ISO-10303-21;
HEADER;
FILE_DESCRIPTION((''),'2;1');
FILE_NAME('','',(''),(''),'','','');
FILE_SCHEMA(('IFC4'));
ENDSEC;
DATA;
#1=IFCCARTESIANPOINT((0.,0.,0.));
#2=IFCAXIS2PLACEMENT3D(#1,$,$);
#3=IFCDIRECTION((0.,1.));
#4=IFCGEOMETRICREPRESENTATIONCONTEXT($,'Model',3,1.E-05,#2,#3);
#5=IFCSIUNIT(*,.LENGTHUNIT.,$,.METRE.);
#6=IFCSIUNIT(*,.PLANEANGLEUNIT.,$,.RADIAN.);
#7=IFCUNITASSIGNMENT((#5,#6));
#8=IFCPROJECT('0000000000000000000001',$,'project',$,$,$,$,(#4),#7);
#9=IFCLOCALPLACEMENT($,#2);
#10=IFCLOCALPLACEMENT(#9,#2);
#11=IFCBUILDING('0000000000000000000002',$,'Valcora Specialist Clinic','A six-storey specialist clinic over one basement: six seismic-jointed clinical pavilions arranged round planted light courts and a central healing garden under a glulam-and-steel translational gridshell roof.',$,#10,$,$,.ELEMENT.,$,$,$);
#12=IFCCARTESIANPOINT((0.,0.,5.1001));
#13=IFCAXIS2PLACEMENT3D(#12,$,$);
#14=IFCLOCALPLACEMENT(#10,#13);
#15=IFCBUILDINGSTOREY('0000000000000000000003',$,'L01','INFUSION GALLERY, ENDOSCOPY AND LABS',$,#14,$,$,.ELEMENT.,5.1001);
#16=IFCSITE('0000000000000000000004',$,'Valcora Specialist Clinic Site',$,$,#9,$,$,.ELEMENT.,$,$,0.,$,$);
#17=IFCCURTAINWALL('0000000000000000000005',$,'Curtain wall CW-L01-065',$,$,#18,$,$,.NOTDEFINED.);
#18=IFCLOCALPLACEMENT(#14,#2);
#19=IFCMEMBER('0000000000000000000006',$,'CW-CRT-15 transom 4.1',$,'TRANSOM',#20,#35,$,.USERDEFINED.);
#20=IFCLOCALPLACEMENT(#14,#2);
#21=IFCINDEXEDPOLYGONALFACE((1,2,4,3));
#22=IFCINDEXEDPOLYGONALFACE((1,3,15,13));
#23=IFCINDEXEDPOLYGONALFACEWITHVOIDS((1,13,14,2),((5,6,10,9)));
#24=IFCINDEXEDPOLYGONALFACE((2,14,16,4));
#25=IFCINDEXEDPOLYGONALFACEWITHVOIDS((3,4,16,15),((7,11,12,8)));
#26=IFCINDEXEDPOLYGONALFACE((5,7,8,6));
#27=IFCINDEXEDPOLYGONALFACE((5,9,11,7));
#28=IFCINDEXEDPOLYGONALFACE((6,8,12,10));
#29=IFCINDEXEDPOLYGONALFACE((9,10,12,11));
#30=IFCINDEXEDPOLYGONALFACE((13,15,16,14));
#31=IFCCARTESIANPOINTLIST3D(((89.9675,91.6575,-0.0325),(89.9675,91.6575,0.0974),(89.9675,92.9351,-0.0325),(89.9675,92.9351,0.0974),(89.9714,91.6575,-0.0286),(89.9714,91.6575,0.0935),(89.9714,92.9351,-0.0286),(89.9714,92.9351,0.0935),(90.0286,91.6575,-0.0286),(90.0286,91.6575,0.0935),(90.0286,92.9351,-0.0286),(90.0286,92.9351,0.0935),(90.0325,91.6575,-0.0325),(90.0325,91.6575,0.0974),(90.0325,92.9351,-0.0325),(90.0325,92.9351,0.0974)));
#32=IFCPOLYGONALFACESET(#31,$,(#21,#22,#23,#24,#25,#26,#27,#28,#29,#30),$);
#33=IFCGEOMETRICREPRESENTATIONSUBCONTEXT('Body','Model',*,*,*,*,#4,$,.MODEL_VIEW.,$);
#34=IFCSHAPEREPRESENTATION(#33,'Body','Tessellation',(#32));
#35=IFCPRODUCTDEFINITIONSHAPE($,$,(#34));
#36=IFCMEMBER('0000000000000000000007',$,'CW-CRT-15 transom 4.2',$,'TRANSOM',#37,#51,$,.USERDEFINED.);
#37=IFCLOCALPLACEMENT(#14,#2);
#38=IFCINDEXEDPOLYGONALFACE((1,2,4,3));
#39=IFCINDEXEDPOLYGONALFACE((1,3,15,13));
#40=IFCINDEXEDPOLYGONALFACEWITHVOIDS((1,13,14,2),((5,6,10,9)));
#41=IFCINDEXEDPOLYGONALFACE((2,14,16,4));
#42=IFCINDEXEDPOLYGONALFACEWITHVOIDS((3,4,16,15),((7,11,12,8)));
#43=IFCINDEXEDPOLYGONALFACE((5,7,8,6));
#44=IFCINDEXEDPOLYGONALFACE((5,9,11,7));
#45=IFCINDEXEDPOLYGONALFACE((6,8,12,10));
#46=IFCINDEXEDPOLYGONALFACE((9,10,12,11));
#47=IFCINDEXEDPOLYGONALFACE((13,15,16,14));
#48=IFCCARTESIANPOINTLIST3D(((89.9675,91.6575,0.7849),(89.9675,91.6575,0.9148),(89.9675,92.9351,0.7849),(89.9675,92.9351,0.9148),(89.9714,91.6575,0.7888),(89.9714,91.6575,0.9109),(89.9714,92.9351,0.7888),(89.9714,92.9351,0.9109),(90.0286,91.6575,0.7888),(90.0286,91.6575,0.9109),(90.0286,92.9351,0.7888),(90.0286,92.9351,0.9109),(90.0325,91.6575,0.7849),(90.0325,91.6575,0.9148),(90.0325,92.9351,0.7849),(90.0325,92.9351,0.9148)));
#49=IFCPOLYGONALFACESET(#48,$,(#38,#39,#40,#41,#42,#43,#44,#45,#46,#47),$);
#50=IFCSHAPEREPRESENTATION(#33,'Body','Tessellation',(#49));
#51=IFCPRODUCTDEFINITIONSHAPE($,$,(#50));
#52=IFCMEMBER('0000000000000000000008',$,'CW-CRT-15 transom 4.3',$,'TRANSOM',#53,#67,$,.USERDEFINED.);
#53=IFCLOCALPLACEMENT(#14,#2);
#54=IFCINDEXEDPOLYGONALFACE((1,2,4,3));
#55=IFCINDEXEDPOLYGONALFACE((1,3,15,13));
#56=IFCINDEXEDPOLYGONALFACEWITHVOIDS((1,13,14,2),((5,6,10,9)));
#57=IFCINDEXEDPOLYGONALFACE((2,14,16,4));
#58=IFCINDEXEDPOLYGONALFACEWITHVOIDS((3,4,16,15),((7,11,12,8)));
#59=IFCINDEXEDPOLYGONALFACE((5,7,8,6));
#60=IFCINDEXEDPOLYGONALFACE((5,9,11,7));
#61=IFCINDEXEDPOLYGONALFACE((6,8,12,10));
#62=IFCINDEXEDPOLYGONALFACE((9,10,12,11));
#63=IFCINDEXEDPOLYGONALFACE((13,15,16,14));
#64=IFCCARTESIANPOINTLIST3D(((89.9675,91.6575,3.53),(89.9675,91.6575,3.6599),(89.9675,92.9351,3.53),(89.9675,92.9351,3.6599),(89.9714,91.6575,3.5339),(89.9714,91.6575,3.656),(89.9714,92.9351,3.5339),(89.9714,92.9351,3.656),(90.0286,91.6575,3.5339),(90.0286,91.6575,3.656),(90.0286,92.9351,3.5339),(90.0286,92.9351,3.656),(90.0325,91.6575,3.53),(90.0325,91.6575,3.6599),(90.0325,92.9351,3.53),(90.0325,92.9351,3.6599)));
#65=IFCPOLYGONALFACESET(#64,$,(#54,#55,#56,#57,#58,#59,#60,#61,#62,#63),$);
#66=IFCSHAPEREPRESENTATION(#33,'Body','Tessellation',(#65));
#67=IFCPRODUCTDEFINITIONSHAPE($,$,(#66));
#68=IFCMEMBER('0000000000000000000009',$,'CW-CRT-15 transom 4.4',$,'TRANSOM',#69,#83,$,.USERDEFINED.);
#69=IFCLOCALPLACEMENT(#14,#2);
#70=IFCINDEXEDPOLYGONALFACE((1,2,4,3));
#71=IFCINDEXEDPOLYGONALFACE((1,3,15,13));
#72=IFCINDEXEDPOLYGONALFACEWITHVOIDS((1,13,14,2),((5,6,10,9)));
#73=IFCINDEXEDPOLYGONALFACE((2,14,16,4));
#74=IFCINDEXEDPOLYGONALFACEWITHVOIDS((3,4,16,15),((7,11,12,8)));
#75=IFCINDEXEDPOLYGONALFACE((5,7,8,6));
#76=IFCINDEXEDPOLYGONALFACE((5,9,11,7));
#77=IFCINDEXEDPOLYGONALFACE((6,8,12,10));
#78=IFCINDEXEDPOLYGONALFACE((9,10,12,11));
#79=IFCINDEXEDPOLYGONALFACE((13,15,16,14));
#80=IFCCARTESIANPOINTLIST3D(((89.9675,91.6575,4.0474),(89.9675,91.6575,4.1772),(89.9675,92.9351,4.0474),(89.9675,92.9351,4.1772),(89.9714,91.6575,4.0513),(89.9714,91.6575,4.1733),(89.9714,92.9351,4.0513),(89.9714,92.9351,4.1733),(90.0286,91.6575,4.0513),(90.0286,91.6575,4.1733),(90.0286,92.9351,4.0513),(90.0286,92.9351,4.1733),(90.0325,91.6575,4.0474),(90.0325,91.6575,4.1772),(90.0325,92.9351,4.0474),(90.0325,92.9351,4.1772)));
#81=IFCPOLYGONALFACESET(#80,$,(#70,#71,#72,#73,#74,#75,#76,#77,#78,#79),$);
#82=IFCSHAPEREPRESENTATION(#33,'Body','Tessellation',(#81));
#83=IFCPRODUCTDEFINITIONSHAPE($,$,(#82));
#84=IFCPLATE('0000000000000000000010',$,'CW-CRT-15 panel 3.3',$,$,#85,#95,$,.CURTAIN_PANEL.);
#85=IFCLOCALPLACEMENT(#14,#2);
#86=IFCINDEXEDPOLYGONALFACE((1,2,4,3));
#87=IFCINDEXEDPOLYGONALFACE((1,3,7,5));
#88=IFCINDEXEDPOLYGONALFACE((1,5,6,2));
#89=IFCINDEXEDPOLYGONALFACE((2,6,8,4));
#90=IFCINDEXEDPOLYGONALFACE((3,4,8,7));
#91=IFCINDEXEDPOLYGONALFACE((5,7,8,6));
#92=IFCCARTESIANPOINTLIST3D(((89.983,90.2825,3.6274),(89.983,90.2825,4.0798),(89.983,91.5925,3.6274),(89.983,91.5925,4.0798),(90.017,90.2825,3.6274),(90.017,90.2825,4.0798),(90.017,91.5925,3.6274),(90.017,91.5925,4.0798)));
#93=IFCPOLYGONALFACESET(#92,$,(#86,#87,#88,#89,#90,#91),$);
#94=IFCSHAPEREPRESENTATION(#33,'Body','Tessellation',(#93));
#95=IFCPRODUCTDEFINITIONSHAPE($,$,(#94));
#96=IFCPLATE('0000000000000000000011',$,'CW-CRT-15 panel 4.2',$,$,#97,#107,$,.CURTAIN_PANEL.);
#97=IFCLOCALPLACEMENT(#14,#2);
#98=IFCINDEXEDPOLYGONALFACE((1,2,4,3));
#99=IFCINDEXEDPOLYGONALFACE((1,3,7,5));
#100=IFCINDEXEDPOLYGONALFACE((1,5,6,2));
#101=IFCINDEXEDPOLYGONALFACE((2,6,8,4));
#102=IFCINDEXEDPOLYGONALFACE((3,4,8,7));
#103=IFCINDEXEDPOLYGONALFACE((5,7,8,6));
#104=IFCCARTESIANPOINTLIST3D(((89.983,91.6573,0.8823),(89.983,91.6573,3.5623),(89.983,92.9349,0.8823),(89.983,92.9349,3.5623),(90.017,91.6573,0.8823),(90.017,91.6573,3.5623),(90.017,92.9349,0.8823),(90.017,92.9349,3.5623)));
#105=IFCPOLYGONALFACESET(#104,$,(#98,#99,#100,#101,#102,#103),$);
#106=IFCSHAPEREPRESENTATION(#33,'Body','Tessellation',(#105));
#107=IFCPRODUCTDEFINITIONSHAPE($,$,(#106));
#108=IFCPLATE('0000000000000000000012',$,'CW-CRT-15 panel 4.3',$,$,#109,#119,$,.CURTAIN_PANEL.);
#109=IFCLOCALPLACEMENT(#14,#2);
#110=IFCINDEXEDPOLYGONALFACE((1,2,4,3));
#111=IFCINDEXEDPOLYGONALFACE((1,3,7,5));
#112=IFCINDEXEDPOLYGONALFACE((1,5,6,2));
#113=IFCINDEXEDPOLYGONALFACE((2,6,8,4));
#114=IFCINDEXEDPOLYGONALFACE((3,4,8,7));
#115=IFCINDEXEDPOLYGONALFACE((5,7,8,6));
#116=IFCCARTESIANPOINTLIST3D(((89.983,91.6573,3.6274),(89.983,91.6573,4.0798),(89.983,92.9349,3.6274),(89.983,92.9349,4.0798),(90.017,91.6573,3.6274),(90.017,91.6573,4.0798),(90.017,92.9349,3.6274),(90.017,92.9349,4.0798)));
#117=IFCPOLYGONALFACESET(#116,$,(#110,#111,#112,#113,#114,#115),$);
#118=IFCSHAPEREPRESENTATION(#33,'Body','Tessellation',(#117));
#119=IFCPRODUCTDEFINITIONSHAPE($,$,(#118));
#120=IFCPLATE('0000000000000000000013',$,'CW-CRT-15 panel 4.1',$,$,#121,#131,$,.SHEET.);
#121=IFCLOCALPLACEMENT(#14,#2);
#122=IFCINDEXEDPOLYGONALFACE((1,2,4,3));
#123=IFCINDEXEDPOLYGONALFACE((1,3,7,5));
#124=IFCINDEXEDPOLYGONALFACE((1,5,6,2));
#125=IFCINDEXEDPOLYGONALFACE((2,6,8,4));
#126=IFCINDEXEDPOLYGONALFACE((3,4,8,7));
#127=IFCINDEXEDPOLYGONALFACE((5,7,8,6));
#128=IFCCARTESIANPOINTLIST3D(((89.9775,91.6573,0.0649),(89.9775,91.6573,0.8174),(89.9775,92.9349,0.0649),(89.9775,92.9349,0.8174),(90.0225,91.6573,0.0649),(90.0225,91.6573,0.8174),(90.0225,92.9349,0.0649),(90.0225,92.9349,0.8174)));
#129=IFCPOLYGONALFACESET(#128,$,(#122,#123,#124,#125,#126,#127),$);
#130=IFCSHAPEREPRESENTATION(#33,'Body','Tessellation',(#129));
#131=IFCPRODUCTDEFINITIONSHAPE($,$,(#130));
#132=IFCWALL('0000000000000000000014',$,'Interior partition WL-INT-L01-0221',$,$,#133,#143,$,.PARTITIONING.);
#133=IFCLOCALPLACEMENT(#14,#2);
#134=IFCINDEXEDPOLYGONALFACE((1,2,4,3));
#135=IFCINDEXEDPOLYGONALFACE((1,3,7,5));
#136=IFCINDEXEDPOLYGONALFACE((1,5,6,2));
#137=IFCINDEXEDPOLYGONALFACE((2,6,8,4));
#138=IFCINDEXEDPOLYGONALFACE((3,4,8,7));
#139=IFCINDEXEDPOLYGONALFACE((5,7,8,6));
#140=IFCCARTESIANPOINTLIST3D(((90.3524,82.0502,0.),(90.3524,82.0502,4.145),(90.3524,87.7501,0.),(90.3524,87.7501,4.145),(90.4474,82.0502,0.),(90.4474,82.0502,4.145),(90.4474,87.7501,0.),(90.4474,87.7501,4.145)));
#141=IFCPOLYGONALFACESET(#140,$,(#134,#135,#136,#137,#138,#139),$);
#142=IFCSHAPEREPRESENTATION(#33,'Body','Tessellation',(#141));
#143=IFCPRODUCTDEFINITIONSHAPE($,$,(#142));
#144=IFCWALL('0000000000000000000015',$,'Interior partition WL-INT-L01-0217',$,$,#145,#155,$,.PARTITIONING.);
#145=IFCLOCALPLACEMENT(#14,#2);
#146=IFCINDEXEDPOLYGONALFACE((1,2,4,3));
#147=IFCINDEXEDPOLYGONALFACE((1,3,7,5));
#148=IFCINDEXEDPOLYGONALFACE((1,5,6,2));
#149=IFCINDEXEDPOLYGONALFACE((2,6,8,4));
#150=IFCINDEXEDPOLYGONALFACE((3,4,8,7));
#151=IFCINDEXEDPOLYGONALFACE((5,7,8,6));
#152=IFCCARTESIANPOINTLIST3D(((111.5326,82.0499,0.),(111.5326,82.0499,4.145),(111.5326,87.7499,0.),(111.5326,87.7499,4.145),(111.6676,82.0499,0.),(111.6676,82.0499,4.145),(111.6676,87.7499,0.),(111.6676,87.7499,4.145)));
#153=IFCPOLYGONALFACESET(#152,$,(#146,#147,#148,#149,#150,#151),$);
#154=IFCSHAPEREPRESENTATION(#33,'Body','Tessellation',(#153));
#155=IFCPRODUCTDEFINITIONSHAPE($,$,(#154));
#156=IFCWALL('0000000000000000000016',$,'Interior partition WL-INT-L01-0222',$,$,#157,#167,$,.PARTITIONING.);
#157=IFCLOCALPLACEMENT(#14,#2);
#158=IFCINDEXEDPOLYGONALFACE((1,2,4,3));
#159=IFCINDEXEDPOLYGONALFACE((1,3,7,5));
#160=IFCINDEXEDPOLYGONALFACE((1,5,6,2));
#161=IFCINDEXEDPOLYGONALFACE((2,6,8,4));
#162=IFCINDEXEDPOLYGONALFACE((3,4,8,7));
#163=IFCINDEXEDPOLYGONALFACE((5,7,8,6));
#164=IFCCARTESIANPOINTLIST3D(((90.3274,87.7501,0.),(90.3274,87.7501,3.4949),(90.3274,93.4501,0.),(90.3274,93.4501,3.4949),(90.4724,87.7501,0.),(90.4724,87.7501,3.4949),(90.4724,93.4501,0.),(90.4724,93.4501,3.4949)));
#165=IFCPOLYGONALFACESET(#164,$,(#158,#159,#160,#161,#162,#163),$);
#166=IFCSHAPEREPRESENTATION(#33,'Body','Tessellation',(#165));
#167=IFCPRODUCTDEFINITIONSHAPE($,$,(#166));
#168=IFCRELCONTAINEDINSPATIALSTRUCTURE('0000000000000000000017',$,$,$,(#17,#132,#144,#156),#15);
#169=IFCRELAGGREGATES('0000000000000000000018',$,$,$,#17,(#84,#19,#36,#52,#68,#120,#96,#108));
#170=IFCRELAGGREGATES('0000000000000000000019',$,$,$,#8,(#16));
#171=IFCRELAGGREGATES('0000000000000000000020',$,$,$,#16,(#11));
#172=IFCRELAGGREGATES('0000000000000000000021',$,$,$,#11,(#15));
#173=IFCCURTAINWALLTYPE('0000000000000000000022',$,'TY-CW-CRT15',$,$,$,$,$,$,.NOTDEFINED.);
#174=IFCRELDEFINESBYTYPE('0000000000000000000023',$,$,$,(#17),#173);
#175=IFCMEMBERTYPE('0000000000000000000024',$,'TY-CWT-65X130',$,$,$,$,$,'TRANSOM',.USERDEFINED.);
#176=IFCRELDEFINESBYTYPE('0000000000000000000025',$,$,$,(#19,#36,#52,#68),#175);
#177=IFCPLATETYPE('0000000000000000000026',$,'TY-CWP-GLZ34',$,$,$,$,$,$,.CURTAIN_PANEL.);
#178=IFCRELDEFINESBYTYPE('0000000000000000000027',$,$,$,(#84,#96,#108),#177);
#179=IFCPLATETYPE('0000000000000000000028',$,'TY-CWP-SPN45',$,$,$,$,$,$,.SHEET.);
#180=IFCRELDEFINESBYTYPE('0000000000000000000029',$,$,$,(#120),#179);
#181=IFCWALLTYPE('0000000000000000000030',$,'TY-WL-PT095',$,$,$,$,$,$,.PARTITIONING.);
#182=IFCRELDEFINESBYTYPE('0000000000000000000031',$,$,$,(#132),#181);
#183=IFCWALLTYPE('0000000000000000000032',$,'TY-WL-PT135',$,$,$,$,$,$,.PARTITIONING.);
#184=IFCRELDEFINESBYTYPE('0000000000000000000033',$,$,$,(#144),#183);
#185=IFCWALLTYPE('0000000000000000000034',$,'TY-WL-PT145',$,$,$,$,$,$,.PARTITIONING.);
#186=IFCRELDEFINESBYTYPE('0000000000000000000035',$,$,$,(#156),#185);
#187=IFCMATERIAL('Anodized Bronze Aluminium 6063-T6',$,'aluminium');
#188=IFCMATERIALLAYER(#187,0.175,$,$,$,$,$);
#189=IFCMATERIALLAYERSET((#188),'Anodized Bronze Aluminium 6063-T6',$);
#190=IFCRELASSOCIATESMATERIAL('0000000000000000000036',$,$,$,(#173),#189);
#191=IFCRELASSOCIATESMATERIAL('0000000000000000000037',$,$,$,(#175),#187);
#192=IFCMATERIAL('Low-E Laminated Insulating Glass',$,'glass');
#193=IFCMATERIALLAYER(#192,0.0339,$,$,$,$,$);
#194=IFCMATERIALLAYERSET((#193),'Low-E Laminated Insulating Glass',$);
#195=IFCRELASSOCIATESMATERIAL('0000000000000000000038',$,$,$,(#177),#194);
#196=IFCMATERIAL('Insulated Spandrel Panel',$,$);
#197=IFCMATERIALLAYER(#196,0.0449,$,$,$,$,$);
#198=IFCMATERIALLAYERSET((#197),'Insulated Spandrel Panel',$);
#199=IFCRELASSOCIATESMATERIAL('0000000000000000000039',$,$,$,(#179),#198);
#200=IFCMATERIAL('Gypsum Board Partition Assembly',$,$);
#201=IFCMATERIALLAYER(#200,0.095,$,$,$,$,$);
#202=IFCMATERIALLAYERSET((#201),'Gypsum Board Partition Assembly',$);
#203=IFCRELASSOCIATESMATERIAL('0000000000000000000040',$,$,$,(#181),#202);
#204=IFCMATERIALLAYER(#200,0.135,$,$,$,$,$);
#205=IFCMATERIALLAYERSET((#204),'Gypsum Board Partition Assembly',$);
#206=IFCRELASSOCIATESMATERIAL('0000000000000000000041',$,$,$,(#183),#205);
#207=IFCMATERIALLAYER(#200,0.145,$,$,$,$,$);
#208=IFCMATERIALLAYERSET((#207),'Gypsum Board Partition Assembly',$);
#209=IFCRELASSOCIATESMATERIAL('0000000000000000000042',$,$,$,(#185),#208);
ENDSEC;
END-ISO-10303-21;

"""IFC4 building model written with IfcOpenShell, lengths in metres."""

from ifc_helpers import new_model, si_unit, direction, frame, frame_2d, origin, origin_2d, place, context, subcontext, project, spatial, rectangle, hollow_rectangle, extrude, material, layer, layer_set, material_profile, profile_set, type_object, element, aggregate, save


model = new_model("IFC4")

# Units and contexts
model_context = context("Model", 3, precision=1e-05, world=origin(), true_north=direction((0.0, 1.0)))
body_context = subcontext(model_context, "Body", "Model", "MODEL_VIEW")
ifc_project = project(units=[si_unit("LENGTHUNIT", "METRE"), si_unit("PLANEANGLEUNIT", "RADIAN")], contexts=[model_context])

# Site, building, storey
site_placement = place(None, origin())
site = spatial("IfcSite", under=ifc_project, at=site_placement, Name="Valcora Specialist Clinic Site", CompositionType="ELEMENT", RefElevation=0.0)
building_placement = place(site_placement, origin())
building = spatial("IfcBuilding", under=site, at=building_placement, Name="Valcora Specialist Clinic", Description="A six-storey specialist clinic over one basement: six seismic-jointed clinical pavilions arranged round planted light courts and a central healing garden under a glulam-and-steel translational gridshell roof.", CompositionType="ELEMENT")
storey_placement = place(building_placement, frame((0.0, 0.0, 5.1001)))
storey = spatial("IfcBuildingStorey", under=building, at=storey_placement, Name="L01", Description="INFUSION GALLERY, ENDOSCOPY AND LABS", CompositionType="ELEMENT", Elevation=5.1001)

# Curtain wall, members, plates
ifc_material_1 = material(Name="Anodized Bronze Aluminium 6063-T6", Category="aluminium")
ifc_layer_1 = layer(ifc_material_1, 0.175)
ifc_layer_set_1 = layer_set([ifc_layer_1], Name="Anodized Bronze Aluminium 6063-T6")
curtain_wall_type = type_object("IfcCurtainWallType", Name="TY-CW-CRT15", PredefinedType="NOTDEFINED", material=ifc_layer_set_1)
curtain_wall_placement = place(storey_placement, origin())
curtain_wall = element("IfcCurtainWall", 1, at=curtain_wall_placement, inside=storey, type_object=curtain_wall_type, Name="Curtain wall CW-L01-065", PredefinedType="NOTDEFINED")
ifc_material_profile_1 = material_profile(ifc_material_1, hollow_rectangle(XDim=0.0649, YDim=0.1299, WallThickness=0.0039, at=origin_2d()), Name="AL-TRN-65X130")
ifc_profile_set_1 = profile_set([ifc_material_profile_1], Name="Anodized Bronze Aluminium 6063-T6")
member_type_1 = type_object("IfcMemberType", Name="TY-CWT-65X130", ElementType="TRANSOM", PredefinedType="USERDEFINED", material=ifc_profile_set_1)
member_1_placement = place(storey_placement, frame((90.0, 91.6575, 0.0325), z_axis=(0.0, 1.0, 0.0), x_axis=(-1.0, 0.0, 0.0)))
member_1 = element("IfcMember", 2, at=member_1_placement, type_object=member_type_1, Name="CW-CRT-15 transom 4.1", ObjectType="TRANSOM", PredefinedType="USERDEFINED", context=body_context, shape_type="SweptSolid", body=[
    extrude(hollow_rectangle(XDim=0.0649, YDim=0.1299, WallThickness=0.0039, at=origin_2d()), origin(), (0.0, 0.0, 1.0), 1.2776),
])
member_2_placement = place(storey_placement, frame((90.0, 91.6575, 0.8499), z_axis=(0.0, 1.0, 0.0), x_axis=(-1.0, 0.0, 0.0)))
member_2 = element("IfcMember", 3, at=member_2_placement, type_object=member_type_1, Name="CW-CRT-15 transom 4.2", ObjectType="TRANSOM", PredefinedType="USERDEFINED", context=body_context, shape_type="SweptSolid", body=[
    extrude(hollow_rectangle(XDim=0.0649, YDim=0.1299, WallThickness=0.0039, at=origin_2d()), origin(), (0.0, 0.0, 1.0), 1.2776),
])
member_3_placement = place(storey_placement, frame((90.0, 91.6575, 3.595), z_axis=(0.0, 1.0, 0.0), x_axis=(-1.0, 0.0, 0.0)))
member_3 = element("IfcMember", 4, at=member_3_placement, type_object=member_type_1, Name="CW-CRT-15 transom 4.3", ObjectType="TRANSOM", PredefinedType="USERDEFINED", context=body_context, shape_type="SweptSolid", body=[
    extrude(hollow_rectangle(XDim=0.0649, YDim=0.1299, WallThickness=0.0039, at=origin_2d()), origin(), (0.0, 0.0, 1.0), 1.2776),
])
member_4_placement = place(storey_placement, frame((90.0, 91.6575, 4.1123), z_axis=(0.0, 1.0, 0.0), x_axis=(-1.0, 0.0, 0.0)))
member_4 = element("IfcMember", 5, at=member_4_placement, type_object=member_type_1, Name="CW-CRT-15 transom 4.4", ObjectType="TRANSOM", PredefinedType="USERDEFINED", context=body_context, shape_type="SweptSolid", body=[
    extrude(hollow_rectangle(XDim=0.0649, YDim=0.1299, WallThickness=0.0039, at=origin_2d()), origin(), (0.0, 0.0, 1.0), 1.2776),
])
ifc_material_2 = material(Name="Low-E Laminated Insulating Glass", Category="glass")
ifc_layer_2 = layer(ifc_material_2, 0.0339)
ifc_layer_set_2 = layer_set([ifc_layer_2], Name="Low-E Laminated Insulating Glass")
plate_type_1 = type_object("IfcPlateType", Name="TY-CWP-GLZ34", PredefinedType="CURTAIN_PANEL", material=ifc_layer_set_2)
plate_1_placement = place(storey_placement, frame((90.0, 90.9375, 3.6274), z_axis=(0.0, 0.0, 1.0), x_axis=(0.0, 1.0, 0.0)))
plate_1 = element("IfcPlate", 6, at=plate_1_placement, type_object=plate_type_1, Name="CW-CRT-15 panel 3.3", PredefinedType="CURTAIN_PANEL", context=body_context, shape_type="SweptSolid", body=[
    extrude(rectangle(XDim=1.3101, YDim=0.0339, at=origin_2d()), origin(), (0.0, 0.0, 1.0), 0.4524),
])
plate_2_placement = place(storey_placement, frame((90.0, 92.2961, 0.8823), z_axis=(0.0, 0.0, 1.0), x_axis=(0.0, 1.0, 0.0)))
plate_2 = element("IfcPlate", 7, at=plate_2_placement, type_object=plate_type_1, Name="CW-CRT-15 panel 4.2", PredefinedType="CURTAIN_PANEL", context=body_context, shape_type="SweptSolid", body=[
    extrude(rectangle(XDim=1.2776, YDim=0.0339, at=origin_2d()), origin(), (0.0, 0.0, 1.0), 2.6799),
])
plate_3_placement = place(storey_placement, frame((90.0, 92.2961, 3.6274), z_axis=(0.0, 0.0, 1.0), x_axis=(0.0, 1.0, 0.0)))
plate_3 = element("IfcPlate", 8, at=plate_3_placement, type_object=plate_type_1, Name="CW-CRT-15 panel 4.3", PredefinedType="CURTAIN_PANEL", context=body_context, shape_type="SweptSolid", body=[
    extrude(rectangle(XDim=1.2776, YDim=0.0339, at=origin_2d()), origin(), (0.0, 0.0, 1.0), 0.4524),
])
ifc_material_3 = material(Name="Insulated Spandrel Panel")
ifc_layer_3 = layer(ifc_material_3, 0.0449)
ifc_layer_set_3 = layer_set([ifc_layer_3], Name="Insulated Spandrel Panel")
plate_type_2 = type_object("IfcPlateType", Name="TY-CWP-SPN45", PredefinedType="SHEET", material=ifc_layer_set_3)
plate_4_placement = place(storey_placement, frame((90.0, 92.2961, 0.0649), z_axis=(0.0, 0.0, 1.0), x_axis=(0.0, 1.0, 0.0)))
plate_4 = element("IfcPlate", 9, at=plate_4_placement, type_object=plate_type_2, Name="CW-CRT-15 panel 4.1", PredefinedType="SHEET", context=body_context, shape_type="SweptSolid", body=[
    extrude(rectangle(XDim=1.2776, YDim=0.0449, at=origin_2d()), origin(), (0.0, 0.0, 1.0), 0.7524),
])
aggregate(curtain_wall, [plate_1, member_1, member_2, member_3, member_4, plate_4, plate_2, plate_3])

# Walls
ifc_material_4 = material(Name="Gypsum Board Partition Assembly")
ifc_layer_4 = layer(ifc_material_4, 0.095)
ifc_layer_set_4 = layer_set([ifc_layer_4], Name="Gypsum Board Partition Assembly")
wall_type_1 = type_object("IfcWallType", Name="TY-WL-PT095", PredefinedType="PARTITIONING", material=ifc_layer_set_4)
wall_1_placement = place(storey_placement, frame((90.3999, 82.05, 0.0), z_axis=(0.0, 0.0, 1.0), x_axis=(0.0, 1.0, 0.0)))
element("IfcWall", 10, at=wall_1_placement, inside=storey, type_object=wall_type_1, Name="Interior partition WL-INT-L01-0221", PredefinedType="PARTITIONING", context=body_context, shape_type="SweptSolid", body=[
    extrude(rectangle(XDim=5.7, YDim=0.095, at=frame_2d((2.8501, 0.0))), origin(), (0.0, 0.0, 1.0), 4.145),
])
ifc_layer_5 = layer(ifc_material_4, 0.135)
ifc_layer_set_5 = layer_set([ifc_layer_5], Name="Gypsum Board Partition Assembly")
wall_type_2 = type_object("IfcWallType", Name="TY-WL-PT135", PredefinedType="PARTITIONING", material=ifc_layer_set_5)
wall_2_placement = place(storey_placement, frame((111.6001, 87.75, 0.0), z_axis=(0.0, 0.0, 1.0), x_axis=(0.0, -1.0, 0.0)))
element("IfcWall", 11, at=wall_2_placement, inside=storey, type_object=wall_type_2, Name="Interior partition WL-INT-L01-0217", PredefinedType="PARTITIONING", context=body_context, shape_type="SweptSolid", body=[
    extrude(rectangle(XDim=5.7, YDim=0.135, at=frame_2d((2.8501, 0.0))), origin(), (0.0, 0.0, 1.0), 4.145),
])
ifc_layer_6 = layer(ifc_material_4, 0.145)
ifc_layer_set_6 = layer_set([ifc_layer_6], Name="Gypsum Board Partition Assembly")
wall_type_3 = type_object("IfcWallType", Name="TY-WL-PT145", PredefinedType="PARTITIONING", material=ifc_layer_set_6)
wall_3_placement = place(storey_placement, frame((90.3999, 87.75, 0.0), z_axis=(0.0, 0.0, 1.0), x_axis=(0.0, 1.0, 0.0)))
element("IfcWall", 12, at=wall_3_placement, inside=storey, type_object=wall_type_3, Name="Interior partition WL-INT-L01-0222", PredefinedType="PARTITIONING", context=body_context, shape_type="SweptSolid", body=[
    extrude(rectangle(XDim=5.7, YDim=0.145, at=frame_2d((2.8501, 0.0))), origin(), (0.0, 0.0, 1.0), 3.4949),
])

save(model, "model.ifc")
